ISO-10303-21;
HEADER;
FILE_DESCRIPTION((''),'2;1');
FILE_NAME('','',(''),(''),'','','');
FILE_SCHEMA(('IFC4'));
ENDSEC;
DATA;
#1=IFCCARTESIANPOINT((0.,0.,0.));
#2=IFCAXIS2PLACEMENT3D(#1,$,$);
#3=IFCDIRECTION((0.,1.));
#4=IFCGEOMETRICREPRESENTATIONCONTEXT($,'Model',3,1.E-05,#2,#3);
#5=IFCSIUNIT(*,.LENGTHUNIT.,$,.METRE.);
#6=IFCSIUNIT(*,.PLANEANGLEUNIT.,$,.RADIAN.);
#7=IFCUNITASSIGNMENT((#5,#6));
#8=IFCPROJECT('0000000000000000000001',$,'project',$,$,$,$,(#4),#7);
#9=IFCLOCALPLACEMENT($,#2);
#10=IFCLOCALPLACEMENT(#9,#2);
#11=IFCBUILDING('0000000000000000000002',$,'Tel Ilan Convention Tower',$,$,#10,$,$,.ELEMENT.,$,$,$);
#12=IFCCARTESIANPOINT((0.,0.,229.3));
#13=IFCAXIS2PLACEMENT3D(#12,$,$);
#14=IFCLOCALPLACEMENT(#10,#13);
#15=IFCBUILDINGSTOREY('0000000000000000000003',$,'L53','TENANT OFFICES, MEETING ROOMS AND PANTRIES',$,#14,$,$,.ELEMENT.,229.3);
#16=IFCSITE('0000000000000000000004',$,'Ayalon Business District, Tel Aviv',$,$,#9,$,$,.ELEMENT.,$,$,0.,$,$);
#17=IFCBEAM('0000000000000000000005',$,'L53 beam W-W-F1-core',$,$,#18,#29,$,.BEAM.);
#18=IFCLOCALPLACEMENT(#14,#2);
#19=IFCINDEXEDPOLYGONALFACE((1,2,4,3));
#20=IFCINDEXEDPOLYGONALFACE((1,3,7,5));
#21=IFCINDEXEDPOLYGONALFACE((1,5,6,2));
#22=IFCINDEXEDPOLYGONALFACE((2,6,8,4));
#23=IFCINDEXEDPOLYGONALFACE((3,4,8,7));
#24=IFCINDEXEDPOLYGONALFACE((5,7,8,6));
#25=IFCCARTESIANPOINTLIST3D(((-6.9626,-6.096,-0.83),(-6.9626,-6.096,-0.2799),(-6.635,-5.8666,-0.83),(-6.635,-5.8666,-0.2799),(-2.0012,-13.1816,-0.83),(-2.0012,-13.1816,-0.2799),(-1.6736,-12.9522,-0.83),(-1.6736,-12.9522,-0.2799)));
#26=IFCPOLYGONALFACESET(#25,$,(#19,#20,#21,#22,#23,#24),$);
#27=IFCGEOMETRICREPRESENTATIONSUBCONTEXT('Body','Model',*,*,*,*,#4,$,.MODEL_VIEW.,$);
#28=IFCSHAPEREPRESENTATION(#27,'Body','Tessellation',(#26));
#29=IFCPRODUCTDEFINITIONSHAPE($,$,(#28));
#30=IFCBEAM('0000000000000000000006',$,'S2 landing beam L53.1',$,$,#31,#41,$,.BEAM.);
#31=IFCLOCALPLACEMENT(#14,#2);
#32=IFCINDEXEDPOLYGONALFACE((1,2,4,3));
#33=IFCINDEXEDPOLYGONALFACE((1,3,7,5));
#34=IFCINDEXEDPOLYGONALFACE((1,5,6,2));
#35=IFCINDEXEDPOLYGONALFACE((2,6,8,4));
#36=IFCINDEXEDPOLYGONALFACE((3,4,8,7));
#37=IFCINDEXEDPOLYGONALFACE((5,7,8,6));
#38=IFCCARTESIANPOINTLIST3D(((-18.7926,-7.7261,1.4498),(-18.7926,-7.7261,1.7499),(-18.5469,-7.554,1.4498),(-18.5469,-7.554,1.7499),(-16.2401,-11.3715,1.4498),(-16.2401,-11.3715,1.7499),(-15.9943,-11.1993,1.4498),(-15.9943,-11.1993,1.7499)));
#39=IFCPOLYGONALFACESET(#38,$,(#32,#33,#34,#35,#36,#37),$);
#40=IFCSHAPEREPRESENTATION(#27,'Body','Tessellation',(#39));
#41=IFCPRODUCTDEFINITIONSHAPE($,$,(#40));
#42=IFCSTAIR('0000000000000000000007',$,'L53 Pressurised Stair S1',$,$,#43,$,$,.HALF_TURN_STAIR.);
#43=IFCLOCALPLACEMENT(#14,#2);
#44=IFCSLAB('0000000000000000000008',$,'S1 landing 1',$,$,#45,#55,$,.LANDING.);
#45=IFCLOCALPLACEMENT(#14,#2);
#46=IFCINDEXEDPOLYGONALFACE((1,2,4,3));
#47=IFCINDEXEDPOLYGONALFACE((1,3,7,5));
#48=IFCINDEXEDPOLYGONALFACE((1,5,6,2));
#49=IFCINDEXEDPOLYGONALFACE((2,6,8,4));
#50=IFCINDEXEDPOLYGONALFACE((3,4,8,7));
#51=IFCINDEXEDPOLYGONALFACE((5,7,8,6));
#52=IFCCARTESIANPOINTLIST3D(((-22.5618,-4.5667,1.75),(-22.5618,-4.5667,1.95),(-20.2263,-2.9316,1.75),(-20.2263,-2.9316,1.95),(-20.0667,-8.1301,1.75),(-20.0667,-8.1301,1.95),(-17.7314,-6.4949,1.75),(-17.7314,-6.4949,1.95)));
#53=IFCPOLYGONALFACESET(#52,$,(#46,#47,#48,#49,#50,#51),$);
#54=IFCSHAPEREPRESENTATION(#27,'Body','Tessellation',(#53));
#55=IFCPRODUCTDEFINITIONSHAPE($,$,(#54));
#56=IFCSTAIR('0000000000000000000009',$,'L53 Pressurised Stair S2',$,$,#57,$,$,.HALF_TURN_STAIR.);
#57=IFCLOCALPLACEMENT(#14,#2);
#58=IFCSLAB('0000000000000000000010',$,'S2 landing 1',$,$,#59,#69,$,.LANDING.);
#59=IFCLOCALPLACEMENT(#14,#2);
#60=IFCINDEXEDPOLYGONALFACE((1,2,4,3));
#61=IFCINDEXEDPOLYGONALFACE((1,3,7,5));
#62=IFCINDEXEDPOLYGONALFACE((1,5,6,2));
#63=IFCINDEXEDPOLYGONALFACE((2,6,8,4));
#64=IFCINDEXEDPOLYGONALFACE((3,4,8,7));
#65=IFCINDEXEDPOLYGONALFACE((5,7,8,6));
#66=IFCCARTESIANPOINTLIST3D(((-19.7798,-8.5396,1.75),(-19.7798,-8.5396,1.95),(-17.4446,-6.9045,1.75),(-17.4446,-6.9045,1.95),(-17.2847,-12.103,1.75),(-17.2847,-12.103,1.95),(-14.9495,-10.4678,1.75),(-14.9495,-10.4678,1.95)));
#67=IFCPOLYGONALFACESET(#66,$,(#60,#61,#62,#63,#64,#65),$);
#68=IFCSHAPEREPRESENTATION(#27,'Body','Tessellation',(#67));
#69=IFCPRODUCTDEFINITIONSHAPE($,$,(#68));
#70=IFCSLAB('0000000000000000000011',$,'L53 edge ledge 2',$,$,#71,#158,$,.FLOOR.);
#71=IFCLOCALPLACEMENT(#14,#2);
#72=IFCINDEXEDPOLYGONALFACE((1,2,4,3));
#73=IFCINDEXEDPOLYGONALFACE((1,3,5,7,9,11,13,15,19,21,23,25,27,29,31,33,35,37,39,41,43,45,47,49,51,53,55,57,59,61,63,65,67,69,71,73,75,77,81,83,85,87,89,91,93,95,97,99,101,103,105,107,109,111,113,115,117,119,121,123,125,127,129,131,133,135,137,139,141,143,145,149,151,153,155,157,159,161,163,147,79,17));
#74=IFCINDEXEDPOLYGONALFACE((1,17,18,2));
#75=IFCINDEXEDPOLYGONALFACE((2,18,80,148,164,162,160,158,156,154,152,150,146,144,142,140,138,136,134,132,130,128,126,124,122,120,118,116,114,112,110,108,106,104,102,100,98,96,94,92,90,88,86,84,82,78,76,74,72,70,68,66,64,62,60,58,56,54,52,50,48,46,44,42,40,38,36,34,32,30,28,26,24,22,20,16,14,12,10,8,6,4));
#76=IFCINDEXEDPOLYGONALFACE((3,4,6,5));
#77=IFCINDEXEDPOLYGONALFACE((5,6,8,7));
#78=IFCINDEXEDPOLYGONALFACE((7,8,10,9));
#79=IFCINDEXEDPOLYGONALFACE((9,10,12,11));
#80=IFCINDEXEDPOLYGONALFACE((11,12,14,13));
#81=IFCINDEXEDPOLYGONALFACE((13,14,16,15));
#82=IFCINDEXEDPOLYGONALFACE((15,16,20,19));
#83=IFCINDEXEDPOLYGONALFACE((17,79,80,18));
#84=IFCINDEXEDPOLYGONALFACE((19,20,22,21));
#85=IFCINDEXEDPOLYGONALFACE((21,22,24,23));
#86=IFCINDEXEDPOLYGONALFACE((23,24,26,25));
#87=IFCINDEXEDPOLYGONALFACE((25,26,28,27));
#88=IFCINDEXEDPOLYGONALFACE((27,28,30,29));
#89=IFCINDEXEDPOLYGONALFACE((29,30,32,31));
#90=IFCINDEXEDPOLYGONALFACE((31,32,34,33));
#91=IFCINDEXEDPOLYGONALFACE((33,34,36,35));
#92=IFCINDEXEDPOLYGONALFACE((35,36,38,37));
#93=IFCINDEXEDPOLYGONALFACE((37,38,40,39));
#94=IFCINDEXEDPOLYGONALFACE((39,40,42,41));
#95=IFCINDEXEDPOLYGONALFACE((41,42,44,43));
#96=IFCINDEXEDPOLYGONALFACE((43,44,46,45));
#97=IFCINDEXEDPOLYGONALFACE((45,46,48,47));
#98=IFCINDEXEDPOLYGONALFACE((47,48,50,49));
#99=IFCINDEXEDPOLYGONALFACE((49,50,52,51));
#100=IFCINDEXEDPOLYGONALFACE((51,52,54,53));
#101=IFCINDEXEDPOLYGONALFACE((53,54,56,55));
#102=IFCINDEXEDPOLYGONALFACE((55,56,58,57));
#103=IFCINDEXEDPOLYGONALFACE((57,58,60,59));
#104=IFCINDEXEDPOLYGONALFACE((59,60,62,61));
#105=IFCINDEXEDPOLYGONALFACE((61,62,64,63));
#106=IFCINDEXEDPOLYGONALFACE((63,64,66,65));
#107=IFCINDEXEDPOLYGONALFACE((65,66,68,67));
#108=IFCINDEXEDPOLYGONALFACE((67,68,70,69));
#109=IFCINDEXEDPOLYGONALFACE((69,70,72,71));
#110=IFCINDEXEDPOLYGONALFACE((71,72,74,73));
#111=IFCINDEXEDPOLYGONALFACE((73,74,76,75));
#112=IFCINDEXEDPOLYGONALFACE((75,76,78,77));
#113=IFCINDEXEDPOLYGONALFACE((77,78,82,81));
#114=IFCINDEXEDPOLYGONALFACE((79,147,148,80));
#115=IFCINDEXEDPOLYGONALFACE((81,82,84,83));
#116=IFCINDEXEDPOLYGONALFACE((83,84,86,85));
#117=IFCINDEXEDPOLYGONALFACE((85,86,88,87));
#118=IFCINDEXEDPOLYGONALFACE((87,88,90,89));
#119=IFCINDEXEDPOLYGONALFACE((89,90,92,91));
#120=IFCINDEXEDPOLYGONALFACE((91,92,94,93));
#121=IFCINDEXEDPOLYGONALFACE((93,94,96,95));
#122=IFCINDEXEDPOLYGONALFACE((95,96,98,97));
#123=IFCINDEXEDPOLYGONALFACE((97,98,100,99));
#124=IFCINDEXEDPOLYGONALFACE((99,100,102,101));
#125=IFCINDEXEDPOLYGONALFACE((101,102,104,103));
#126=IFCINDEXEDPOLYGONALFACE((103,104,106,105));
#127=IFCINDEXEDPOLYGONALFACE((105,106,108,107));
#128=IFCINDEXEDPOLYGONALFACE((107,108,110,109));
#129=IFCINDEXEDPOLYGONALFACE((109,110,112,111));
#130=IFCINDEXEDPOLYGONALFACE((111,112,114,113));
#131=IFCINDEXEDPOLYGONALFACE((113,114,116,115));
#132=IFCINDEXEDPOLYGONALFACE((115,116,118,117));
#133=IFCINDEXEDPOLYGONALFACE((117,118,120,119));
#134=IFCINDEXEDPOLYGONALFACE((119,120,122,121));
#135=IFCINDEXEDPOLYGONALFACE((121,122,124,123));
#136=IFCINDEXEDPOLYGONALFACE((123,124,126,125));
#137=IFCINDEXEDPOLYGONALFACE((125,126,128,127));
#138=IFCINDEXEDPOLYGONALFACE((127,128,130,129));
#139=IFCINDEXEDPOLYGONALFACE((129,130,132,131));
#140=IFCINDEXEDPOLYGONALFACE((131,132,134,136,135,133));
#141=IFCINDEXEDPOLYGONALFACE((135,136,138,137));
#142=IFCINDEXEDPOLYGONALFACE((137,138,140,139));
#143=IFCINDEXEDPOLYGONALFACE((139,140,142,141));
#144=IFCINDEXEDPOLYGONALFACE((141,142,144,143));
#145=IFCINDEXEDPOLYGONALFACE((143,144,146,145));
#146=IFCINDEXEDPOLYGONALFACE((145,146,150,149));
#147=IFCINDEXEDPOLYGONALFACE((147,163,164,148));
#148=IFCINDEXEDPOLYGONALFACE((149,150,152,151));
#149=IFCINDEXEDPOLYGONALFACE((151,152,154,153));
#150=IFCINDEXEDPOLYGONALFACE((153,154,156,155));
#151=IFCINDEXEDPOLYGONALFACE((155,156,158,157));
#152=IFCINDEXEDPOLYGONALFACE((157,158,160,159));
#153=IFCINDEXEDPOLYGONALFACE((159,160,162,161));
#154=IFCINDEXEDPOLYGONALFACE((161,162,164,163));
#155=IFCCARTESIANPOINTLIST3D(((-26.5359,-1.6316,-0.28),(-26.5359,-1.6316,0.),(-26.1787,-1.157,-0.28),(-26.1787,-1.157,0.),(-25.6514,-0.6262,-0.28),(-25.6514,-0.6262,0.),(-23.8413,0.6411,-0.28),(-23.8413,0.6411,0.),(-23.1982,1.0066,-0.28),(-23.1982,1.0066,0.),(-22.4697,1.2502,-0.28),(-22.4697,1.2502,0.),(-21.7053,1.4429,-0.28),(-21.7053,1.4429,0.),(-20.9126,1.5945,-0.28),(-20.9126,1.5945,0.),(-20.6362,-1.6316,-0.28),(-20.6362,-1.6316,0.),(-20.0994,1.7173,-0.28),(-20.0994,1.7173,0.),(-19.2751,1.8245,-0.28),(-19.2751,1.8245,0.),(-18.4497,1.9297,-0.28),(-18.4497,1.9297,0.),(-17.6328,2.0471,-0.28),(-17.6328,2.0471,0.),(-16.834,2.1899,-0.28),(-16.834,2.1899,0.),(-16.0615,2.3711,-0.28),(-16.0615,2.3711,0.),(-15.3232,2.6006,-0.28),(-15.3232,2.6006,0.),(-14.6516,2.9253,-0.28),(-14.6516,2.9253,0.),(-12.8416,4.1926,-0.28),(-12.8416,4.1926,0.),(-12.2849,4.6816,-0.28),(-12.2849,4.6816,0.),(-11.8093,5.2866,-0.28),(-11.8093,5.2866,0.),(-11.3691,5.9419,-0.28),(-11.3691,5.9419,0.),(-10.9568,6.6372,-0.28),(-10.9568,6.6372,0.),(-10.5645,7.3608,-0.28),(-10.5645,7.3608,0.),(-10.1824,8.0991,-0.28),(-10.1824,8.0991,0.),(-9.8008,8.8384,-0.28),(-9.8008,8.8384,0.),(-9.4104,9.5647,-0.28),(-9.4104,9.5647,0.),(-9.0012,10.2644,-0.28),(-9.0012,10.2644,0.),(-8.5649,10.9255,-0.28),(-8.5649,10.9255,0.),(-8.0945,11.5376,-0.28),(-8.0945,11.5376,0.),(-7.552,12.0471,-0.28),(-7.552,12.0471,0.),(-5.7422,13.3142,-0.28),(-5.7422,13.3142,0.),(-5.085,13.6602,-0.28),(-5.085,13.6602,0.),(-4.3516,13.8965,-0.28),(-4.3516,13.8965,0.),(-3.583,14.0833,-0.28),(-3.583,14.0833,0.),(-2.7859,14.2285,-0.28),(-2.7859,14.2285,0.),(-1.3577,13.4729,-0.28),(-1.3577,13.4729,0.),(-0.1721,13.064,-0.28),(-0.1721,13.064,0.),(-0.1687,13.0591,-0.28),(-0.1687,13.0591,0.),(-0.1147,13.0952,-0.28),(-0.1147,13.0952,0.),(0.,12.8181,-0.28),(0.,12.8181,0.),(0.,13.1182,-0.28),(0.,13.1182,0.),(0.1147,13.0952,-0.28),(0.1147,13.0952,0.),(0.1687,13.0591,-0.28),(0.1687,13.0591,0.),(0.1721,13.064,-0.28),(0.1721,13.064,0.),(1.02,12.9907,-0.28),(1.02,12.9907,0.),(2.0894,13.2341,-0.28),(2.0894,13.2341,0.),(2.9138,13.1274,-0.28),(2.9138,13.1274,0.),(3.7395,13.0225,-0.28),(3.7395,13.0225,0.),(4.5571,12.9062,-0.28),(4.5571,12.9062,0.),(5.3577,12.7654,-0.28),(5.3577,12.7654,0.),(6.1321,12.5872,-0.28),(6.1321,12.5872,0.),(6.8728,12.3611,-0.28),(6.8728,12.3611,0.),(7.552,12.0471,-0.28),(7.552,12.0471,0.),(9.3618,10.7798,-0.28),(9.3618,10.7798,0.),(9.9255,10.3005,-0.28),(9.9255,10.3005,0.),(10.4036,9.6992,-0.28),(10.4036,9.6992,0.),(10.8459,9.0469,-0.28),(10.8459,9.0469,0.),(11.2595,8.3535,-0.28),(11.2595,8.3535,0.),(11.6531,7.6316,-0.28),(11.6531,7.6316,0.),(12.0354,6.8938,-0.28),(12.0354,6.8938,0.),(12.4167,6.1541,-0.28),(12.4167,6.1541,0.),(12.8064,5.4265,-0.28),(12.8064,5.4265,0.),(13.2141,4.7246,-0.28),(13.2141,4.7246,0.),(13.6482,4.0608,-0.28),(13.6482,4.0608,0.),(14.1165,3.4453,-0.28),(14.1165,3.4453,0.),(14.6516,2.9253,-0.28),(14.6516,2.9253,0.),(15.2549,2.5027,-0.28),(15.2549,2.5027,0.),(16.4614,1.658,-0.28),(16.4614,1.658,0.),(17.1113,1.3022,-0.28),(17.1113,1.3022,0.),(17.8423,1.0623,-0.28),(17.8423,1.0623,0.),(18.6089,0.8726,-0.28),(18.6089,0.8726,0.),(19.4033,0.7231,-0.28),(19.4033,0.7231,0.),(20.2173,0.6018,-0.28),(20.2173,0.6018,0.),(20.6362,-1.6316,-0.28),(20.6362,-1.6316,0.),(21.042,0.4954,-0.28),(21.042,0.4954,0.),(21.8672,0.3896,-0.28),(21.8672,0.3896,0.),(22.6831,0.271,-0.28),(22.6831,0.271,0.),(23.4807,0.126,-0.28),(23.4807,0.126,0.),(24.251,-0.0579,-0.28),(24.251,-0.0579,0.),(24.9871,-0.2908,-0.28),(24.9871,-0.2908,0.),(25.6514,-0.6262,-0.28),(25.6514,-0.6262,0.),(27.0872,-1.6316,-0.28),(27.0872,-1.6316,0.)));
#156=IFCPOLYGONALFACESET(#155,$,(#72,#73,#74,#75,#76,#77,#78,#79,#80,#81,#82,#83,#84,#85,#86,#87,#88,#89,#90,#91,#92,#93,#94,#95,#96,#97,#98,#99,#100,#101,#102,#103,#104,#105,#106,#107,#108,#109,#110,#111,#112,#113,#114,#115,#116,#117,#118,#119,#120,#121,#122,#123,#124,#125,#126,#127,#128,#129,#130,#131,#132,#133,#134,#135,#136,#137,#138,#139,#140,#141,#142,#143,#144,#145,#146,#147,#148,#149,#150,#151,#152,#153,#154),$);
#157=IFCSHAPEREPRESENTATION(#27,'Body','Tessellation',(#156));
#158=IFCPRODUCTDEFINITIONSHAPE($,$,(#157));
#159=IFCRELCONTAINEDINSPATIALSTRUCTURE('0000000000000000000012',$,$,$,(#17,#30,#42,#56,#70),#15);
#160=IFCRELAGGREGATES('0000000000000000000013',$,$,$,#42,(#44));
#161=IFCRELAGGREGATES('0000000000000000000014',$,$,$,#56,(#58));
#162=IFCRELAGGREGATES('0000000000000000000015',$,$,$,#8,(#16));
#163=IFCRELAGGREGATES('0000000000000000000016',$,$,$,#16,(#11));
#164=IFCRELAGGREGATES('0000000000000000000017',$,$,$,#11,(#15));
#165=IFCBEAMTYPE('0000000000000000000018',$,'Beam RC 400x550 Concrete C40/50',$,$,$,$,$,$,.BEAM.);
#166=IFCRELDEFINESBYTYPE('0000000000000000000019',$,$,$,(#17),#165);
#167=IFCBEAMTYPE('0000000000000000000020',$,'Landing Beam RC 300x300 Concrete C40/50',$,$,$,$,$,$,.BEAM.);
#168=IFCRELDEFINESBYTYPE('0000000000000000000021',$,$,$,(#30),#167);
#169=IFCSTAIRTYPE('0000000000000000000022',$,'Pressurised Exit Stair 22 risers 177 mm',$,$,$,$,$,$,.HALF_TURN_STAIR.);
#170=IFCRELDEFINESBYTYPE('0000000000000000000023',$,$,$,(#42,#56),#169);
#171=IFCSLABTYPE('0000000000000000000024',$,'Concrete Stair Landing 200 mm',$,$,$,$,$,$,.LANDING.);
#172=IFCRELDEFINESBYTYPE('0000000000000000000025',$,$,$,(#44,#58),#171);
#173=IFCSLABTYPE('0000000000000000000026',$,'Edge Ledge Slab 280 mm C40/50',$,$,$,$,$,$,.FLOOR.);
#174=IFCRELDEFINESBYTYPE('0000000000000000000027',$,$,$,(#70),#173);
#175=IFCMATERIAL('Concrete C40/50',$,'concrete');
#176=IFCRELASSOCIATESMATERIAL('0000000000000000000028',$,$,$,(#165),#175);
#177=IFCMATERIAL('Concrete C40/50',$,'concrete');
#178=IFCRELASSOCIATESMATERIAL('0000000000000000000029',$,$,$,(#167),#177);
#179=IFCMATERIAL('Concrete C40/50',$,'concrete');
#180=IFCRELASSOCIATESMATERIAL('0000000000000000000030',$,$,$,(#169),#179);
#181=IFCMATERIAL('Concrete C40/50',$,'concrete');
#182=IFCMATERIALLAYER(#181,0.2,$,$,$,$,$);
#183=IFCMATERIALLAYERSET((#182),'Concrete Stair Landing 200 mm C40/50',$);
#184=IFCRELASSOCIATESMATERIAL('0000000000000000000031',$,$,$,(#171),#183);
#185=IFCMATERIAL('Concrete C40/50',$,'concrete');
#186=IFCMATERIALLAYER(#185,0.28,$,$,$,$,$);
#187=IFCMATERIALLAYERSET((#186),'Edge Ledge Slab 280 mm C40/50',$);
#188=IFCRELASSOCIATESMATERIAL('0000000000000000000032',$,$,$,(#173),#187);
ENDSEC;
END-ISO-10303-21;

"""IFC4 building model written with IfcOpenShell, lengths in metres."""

from ifc_helpers import new_model, si_unit, direction, frame, origin, origin_2d, place, context, subcontext, project, spatial, polyline, rectangle, outline, extrude, material, layer, layer_set, material_profile, profile_set, type_object, element, aggregate, save


model = new_model("IFC4")

# Units and contexts
model_context = context("Model", 3, precision=1e-05, world=origin(), true_north=direction((0.0, 1.0)))
body_context = subcontext(model_context, "Body", "Model", "MODEL_VIEW")
ifc_project = project(units=[si_unit("LENGTHUNIT", "METRE"), si_unit("PLANEANGLEUNIT", "RADIAN")], contexts=[model_context])

# Site, building, storey
site_placement = place(None, origin())
site = spatial("IfcSite", under=ifc_project, at=site_placement, Name="Ayalon Business District, Tel Aviv", CompositionType="ELEMENT", RefElevation=0.0)
building_placement = place(site_placement, origin())
building = spatial("IfcBuilding", under=site, at=building_placement, Name="Tel Ilan Convention Tower", CompositionType="ELEMENT")
storey_placement = place(building_placement, frame((0.0, 0.0, 229.3)))
storey = spatial("IfcBuildingStorey", under=building, at=storey_placement, Name="L53", Description="TENANT OFFICES, MEETING ROOMS AND PANTRIES", CompositionType="ELEMENT", Elevation=229.3)

# Beams
ifc_material_1 = material(Name="Concrete C40/50", Category="concrete")
ifc_material_profile_1 = material_profile(ifc_material_1, rectangle(XDim=0.3999, YDim=0.55, at=origin_2d()), Name="RC 400x550")
ifc_profile_set_1 = profile_set([ifc_material_profile_1], Name="Concrete C40/50")
beam_type_1 = type_object("IfcBeamType", Name="Beam RC 400x550 Concrete C40/50", PredefinedType="BEAM", material=ifc_profile_set_1)
beam_1_placement = place(storey_placement, frame((-1.8374, -13.0669, -0.5549), z_axis=(-0.573574, 0.819154, 0.0), x_axis=(-0.819154, -0.573574, 0.0)))
element("IfcBeam", 1, at=beam_1_placement, inside=storey, type_object=beam_type_1, Name="L53 beam W-W-F1-core", PredefinedType="BEAM", context=body_context, shape_type="SweptSolid", body=[
    extrude(rectangle(XDim=0.3999, YDim=0.55, at=origin_2d()), origin(), (0.0, 0.0, 1.0), 8.6499),
])
ifc_material_2 = material(Name="Concrete C40/50", Category="concrete")
ifc_material_profile_2 = material_profile(ifc_material_2, rectangle(XDim=0.3, YDim=0.3, at=origin_2d()), Name="RC 300x300")
ifc_profile_set_2 = profile_set([ifc_material_profile_2], Name="Concrete C40/50")
beam_type_2 = type_object("IfcBeamType", Name="Landing Beam RC 300x300 Concrete C40/50", PredefinedType="BEAM", material=ifc_profile_set_2)
beam_2_placement = place(storey_placement, frame((-16.1172, -11.2854, 1.5999), z_axis=(-0.573584, 0.819147, 0.0), x_axis=(-0.819147, -0.573584, 0.0)))
element("IfcBeam", 2, at=beam_2_placement, inside=storey, type_object=beam_type_2, Name="S2 landing beam L53.1", PredefinedType="BEAM", context=body_context, shape_type="SweptSolid", body=[
    extrude(rectangle(XDim=0.3, YDim=0.3, at=origin_2d()), origin(), (0.0, 0.0, 1.0), 4.4502),
])

# Stairs, slabs
ifc_material_3 = material(Name="Concrete C40/50", Category="concrete")
stair_type = type_object("IfcStairType", Name="Pressurised Exit Stair 22 risers 177 mm", PredefinedType="HALF_TURN_STAIR", material=ifc_material_3)
stair_1_placement = place(storey_placement, origin())
stair_1 = element("IfcStair", 3, at=stair_1_placement, inside=storey, type_object=stair_type, Name="L53 Pressurised Stair S1", PredefinedType="HALF_TURN_STAIR")
ifc_material_4 = material(Name="Concrete C40/50", Category="concrete")
ifc_layer_1 = layer(ifc_material_4, 0.2)
ifc_layer_set_1 = layer_set([ifc_layer_1], Name="Concrete Stair Landing 200 mm C40/50")
slab_type_1 = type_object("IfcSlabType", Name="Concrete Stair Landing 200 mm", PredefinedType="LANDING", material=ifc_layer_set_1)
slab_1_placement = place(storey_placement, frame((0.0, 0.0, 1.75)))
slab_1 = element("IfcSlab", 4, at=slab_1_placement, type_object=slab_type_1, Name="S1 landing 1", PredefinedType="LANDING", context=body_context, shape_type="SweptSolid", body=[
    extrude(outline(polyline([(-20.0667, -8.1301), (-17.7314, -6.4949), (-20.2263, -2.9316), (-22.5618, -4.5667), (-20.0667, -8.1301)])), origin(), (0.0, 0.0, 1.0), 0.2),
])
aggregate(stair_1, [slab_1])
stair_2_placement = place(storey_placement, origin())
stair_2 = element("IfcStair", 5, at=stair_2_placement, inside=storey, type_object=stair_type, Name="L53 Pressurised Stair S2", PredefinedType="HALF_TURN_STAIR")
slab_2_placement = place(storey_placement, frame((0.0, 0.0, 1.75)))
slab_2 = element("IfcSlab", 6, at=slab_2_placement, type_object=slab_type_1, Name="S2 landing 1", PredefinedType="LANDING", context=body_context, shape_type="SweptSolid", body=[
    extrude(outline(polyline([(-17.2847, -12.103), (-14.9495, -10.4678), (-17.4446, -6.9045), (-19.7798, -8.5396), (-17.2847, -12.103)])), origin(), (0.0, 0.0, 1.0), 0.2),
])
aggregate(stair_2, [slab_2])

# Slab
ifc_material_5 = material(Name="Concrete C40/50", Category="concrete")
ifc_layer_2 = layer(ifc_material_5, 0.28)
ifc_layer_set_2 = layer_set([ifc_layer_2], Name="Edge Ledge Slab 280 mm C40/50")
slab_type_2 = type_object("IfcSlabType", Name="Edge Ledge Slab 280 mm C40/50", PredefinedType="FLOOR", material=ifc_layer_set_2)
slab_3_placement = place(storey_placement, frame((0.0, 0.0, -0.28)))
element("IfcSlab", 7, at=slab_3_placement, inside=storey, type_object=slab_type_2, Name="L53 edge ledge 2", PredefinedType="FLOOR", context=body_context, shape_type="SweptSolid", body=[
    extrude(outline(polyline([(-23.1982, 1.0066), (-22.4697, 1.2502), (-21.7053, 1.4429), (-20.9126, 1.5945), (-20.0994, 1.7173), (-19.2751, 1.8245), (-18.4497, 1.9297), (-17.6328, 2.0471), (-16.834, 2.1899), (-16.0615, 2.3711), (-15.3232, 2.6006), (-14.6516, 2.9253), (-12.8416, 4.1926), (-12.2849, 4.6816), (-11.8093, 5.2866), (-11.3691, 5.9419), (-10.9568, 6.6372), (-10.5645, 7.3608), (-10.1824, 8.0991), (-9.8008, 8.8384), (-9.4104, 9.5647), (-9.0012, 10.2644), (-8.5649, 10.9255), (-8.0945, 11.5376), (-7.552, 12.0471), (-5.7422, 13.3142), (-5.085, 13.6602), (-4.3516, 13.8965), (-3.583, 14.0833), (-2.7859, 14.2285), (-1.3577, 13.4729), (-0.1721, 13.064), (-0.1687, 13.0591), (-0.1147, 13.0952), (0.0, 13.1182), (0.1147, 13.0952), (0.1687, 13.0591), (0.1721, 13.064), (1.02, 12.9907), (2.0894, 13.2341), (2.9138, 13.1274), (3.7395, 13.0225), (4.5571, 12.9062), (5.3577, 12.7654), (6.1321, 12.5872), (6.8728, 12.3611), (7.552, 12.0471), (9.3618, 10.7798), (9.9255, 10.3005), (10.4036, 9.6992), (10.8459, 9.0469), (11.2595, 8.3535), (11.6531, 7.6316), (12.0354, 6.8938), (12.4167, 6.1541), (12.8064, 5.4265), (13.2141, 4.7246), (13.6482, 4.0608), (14.1165, 3.4453), (14.6516, 2.9253), (15.2549, 2.5027), (16.4614, 1.658), (17.1113, 1.3022), (17.8423, 1.0623), (18.6089, 0.8726), (19.4033, 0.7231), (20.2173, 0.6018), (21.042, 0.4954), (21.8672, 0.3896), (22.6831, 0.271), (23.4807, 0.126), (24.251, -0.0579), (24.9871, -0.2908), (25.6514, -0.6262), (27.0872, -1.6316), (20.6362, -1.6316), (0.0, 12.8181), (-20.6362, -1.6316), (-26.5359, -1.6316), (-26.1787, -1.157), (-25.6514, -0.6262), (-23.8413, 0.6411), (-23.1982, 1.0066)])), origin(), (0.0, 0.0, 1.0), 0.28),
])

save(model, "model.ifc")
